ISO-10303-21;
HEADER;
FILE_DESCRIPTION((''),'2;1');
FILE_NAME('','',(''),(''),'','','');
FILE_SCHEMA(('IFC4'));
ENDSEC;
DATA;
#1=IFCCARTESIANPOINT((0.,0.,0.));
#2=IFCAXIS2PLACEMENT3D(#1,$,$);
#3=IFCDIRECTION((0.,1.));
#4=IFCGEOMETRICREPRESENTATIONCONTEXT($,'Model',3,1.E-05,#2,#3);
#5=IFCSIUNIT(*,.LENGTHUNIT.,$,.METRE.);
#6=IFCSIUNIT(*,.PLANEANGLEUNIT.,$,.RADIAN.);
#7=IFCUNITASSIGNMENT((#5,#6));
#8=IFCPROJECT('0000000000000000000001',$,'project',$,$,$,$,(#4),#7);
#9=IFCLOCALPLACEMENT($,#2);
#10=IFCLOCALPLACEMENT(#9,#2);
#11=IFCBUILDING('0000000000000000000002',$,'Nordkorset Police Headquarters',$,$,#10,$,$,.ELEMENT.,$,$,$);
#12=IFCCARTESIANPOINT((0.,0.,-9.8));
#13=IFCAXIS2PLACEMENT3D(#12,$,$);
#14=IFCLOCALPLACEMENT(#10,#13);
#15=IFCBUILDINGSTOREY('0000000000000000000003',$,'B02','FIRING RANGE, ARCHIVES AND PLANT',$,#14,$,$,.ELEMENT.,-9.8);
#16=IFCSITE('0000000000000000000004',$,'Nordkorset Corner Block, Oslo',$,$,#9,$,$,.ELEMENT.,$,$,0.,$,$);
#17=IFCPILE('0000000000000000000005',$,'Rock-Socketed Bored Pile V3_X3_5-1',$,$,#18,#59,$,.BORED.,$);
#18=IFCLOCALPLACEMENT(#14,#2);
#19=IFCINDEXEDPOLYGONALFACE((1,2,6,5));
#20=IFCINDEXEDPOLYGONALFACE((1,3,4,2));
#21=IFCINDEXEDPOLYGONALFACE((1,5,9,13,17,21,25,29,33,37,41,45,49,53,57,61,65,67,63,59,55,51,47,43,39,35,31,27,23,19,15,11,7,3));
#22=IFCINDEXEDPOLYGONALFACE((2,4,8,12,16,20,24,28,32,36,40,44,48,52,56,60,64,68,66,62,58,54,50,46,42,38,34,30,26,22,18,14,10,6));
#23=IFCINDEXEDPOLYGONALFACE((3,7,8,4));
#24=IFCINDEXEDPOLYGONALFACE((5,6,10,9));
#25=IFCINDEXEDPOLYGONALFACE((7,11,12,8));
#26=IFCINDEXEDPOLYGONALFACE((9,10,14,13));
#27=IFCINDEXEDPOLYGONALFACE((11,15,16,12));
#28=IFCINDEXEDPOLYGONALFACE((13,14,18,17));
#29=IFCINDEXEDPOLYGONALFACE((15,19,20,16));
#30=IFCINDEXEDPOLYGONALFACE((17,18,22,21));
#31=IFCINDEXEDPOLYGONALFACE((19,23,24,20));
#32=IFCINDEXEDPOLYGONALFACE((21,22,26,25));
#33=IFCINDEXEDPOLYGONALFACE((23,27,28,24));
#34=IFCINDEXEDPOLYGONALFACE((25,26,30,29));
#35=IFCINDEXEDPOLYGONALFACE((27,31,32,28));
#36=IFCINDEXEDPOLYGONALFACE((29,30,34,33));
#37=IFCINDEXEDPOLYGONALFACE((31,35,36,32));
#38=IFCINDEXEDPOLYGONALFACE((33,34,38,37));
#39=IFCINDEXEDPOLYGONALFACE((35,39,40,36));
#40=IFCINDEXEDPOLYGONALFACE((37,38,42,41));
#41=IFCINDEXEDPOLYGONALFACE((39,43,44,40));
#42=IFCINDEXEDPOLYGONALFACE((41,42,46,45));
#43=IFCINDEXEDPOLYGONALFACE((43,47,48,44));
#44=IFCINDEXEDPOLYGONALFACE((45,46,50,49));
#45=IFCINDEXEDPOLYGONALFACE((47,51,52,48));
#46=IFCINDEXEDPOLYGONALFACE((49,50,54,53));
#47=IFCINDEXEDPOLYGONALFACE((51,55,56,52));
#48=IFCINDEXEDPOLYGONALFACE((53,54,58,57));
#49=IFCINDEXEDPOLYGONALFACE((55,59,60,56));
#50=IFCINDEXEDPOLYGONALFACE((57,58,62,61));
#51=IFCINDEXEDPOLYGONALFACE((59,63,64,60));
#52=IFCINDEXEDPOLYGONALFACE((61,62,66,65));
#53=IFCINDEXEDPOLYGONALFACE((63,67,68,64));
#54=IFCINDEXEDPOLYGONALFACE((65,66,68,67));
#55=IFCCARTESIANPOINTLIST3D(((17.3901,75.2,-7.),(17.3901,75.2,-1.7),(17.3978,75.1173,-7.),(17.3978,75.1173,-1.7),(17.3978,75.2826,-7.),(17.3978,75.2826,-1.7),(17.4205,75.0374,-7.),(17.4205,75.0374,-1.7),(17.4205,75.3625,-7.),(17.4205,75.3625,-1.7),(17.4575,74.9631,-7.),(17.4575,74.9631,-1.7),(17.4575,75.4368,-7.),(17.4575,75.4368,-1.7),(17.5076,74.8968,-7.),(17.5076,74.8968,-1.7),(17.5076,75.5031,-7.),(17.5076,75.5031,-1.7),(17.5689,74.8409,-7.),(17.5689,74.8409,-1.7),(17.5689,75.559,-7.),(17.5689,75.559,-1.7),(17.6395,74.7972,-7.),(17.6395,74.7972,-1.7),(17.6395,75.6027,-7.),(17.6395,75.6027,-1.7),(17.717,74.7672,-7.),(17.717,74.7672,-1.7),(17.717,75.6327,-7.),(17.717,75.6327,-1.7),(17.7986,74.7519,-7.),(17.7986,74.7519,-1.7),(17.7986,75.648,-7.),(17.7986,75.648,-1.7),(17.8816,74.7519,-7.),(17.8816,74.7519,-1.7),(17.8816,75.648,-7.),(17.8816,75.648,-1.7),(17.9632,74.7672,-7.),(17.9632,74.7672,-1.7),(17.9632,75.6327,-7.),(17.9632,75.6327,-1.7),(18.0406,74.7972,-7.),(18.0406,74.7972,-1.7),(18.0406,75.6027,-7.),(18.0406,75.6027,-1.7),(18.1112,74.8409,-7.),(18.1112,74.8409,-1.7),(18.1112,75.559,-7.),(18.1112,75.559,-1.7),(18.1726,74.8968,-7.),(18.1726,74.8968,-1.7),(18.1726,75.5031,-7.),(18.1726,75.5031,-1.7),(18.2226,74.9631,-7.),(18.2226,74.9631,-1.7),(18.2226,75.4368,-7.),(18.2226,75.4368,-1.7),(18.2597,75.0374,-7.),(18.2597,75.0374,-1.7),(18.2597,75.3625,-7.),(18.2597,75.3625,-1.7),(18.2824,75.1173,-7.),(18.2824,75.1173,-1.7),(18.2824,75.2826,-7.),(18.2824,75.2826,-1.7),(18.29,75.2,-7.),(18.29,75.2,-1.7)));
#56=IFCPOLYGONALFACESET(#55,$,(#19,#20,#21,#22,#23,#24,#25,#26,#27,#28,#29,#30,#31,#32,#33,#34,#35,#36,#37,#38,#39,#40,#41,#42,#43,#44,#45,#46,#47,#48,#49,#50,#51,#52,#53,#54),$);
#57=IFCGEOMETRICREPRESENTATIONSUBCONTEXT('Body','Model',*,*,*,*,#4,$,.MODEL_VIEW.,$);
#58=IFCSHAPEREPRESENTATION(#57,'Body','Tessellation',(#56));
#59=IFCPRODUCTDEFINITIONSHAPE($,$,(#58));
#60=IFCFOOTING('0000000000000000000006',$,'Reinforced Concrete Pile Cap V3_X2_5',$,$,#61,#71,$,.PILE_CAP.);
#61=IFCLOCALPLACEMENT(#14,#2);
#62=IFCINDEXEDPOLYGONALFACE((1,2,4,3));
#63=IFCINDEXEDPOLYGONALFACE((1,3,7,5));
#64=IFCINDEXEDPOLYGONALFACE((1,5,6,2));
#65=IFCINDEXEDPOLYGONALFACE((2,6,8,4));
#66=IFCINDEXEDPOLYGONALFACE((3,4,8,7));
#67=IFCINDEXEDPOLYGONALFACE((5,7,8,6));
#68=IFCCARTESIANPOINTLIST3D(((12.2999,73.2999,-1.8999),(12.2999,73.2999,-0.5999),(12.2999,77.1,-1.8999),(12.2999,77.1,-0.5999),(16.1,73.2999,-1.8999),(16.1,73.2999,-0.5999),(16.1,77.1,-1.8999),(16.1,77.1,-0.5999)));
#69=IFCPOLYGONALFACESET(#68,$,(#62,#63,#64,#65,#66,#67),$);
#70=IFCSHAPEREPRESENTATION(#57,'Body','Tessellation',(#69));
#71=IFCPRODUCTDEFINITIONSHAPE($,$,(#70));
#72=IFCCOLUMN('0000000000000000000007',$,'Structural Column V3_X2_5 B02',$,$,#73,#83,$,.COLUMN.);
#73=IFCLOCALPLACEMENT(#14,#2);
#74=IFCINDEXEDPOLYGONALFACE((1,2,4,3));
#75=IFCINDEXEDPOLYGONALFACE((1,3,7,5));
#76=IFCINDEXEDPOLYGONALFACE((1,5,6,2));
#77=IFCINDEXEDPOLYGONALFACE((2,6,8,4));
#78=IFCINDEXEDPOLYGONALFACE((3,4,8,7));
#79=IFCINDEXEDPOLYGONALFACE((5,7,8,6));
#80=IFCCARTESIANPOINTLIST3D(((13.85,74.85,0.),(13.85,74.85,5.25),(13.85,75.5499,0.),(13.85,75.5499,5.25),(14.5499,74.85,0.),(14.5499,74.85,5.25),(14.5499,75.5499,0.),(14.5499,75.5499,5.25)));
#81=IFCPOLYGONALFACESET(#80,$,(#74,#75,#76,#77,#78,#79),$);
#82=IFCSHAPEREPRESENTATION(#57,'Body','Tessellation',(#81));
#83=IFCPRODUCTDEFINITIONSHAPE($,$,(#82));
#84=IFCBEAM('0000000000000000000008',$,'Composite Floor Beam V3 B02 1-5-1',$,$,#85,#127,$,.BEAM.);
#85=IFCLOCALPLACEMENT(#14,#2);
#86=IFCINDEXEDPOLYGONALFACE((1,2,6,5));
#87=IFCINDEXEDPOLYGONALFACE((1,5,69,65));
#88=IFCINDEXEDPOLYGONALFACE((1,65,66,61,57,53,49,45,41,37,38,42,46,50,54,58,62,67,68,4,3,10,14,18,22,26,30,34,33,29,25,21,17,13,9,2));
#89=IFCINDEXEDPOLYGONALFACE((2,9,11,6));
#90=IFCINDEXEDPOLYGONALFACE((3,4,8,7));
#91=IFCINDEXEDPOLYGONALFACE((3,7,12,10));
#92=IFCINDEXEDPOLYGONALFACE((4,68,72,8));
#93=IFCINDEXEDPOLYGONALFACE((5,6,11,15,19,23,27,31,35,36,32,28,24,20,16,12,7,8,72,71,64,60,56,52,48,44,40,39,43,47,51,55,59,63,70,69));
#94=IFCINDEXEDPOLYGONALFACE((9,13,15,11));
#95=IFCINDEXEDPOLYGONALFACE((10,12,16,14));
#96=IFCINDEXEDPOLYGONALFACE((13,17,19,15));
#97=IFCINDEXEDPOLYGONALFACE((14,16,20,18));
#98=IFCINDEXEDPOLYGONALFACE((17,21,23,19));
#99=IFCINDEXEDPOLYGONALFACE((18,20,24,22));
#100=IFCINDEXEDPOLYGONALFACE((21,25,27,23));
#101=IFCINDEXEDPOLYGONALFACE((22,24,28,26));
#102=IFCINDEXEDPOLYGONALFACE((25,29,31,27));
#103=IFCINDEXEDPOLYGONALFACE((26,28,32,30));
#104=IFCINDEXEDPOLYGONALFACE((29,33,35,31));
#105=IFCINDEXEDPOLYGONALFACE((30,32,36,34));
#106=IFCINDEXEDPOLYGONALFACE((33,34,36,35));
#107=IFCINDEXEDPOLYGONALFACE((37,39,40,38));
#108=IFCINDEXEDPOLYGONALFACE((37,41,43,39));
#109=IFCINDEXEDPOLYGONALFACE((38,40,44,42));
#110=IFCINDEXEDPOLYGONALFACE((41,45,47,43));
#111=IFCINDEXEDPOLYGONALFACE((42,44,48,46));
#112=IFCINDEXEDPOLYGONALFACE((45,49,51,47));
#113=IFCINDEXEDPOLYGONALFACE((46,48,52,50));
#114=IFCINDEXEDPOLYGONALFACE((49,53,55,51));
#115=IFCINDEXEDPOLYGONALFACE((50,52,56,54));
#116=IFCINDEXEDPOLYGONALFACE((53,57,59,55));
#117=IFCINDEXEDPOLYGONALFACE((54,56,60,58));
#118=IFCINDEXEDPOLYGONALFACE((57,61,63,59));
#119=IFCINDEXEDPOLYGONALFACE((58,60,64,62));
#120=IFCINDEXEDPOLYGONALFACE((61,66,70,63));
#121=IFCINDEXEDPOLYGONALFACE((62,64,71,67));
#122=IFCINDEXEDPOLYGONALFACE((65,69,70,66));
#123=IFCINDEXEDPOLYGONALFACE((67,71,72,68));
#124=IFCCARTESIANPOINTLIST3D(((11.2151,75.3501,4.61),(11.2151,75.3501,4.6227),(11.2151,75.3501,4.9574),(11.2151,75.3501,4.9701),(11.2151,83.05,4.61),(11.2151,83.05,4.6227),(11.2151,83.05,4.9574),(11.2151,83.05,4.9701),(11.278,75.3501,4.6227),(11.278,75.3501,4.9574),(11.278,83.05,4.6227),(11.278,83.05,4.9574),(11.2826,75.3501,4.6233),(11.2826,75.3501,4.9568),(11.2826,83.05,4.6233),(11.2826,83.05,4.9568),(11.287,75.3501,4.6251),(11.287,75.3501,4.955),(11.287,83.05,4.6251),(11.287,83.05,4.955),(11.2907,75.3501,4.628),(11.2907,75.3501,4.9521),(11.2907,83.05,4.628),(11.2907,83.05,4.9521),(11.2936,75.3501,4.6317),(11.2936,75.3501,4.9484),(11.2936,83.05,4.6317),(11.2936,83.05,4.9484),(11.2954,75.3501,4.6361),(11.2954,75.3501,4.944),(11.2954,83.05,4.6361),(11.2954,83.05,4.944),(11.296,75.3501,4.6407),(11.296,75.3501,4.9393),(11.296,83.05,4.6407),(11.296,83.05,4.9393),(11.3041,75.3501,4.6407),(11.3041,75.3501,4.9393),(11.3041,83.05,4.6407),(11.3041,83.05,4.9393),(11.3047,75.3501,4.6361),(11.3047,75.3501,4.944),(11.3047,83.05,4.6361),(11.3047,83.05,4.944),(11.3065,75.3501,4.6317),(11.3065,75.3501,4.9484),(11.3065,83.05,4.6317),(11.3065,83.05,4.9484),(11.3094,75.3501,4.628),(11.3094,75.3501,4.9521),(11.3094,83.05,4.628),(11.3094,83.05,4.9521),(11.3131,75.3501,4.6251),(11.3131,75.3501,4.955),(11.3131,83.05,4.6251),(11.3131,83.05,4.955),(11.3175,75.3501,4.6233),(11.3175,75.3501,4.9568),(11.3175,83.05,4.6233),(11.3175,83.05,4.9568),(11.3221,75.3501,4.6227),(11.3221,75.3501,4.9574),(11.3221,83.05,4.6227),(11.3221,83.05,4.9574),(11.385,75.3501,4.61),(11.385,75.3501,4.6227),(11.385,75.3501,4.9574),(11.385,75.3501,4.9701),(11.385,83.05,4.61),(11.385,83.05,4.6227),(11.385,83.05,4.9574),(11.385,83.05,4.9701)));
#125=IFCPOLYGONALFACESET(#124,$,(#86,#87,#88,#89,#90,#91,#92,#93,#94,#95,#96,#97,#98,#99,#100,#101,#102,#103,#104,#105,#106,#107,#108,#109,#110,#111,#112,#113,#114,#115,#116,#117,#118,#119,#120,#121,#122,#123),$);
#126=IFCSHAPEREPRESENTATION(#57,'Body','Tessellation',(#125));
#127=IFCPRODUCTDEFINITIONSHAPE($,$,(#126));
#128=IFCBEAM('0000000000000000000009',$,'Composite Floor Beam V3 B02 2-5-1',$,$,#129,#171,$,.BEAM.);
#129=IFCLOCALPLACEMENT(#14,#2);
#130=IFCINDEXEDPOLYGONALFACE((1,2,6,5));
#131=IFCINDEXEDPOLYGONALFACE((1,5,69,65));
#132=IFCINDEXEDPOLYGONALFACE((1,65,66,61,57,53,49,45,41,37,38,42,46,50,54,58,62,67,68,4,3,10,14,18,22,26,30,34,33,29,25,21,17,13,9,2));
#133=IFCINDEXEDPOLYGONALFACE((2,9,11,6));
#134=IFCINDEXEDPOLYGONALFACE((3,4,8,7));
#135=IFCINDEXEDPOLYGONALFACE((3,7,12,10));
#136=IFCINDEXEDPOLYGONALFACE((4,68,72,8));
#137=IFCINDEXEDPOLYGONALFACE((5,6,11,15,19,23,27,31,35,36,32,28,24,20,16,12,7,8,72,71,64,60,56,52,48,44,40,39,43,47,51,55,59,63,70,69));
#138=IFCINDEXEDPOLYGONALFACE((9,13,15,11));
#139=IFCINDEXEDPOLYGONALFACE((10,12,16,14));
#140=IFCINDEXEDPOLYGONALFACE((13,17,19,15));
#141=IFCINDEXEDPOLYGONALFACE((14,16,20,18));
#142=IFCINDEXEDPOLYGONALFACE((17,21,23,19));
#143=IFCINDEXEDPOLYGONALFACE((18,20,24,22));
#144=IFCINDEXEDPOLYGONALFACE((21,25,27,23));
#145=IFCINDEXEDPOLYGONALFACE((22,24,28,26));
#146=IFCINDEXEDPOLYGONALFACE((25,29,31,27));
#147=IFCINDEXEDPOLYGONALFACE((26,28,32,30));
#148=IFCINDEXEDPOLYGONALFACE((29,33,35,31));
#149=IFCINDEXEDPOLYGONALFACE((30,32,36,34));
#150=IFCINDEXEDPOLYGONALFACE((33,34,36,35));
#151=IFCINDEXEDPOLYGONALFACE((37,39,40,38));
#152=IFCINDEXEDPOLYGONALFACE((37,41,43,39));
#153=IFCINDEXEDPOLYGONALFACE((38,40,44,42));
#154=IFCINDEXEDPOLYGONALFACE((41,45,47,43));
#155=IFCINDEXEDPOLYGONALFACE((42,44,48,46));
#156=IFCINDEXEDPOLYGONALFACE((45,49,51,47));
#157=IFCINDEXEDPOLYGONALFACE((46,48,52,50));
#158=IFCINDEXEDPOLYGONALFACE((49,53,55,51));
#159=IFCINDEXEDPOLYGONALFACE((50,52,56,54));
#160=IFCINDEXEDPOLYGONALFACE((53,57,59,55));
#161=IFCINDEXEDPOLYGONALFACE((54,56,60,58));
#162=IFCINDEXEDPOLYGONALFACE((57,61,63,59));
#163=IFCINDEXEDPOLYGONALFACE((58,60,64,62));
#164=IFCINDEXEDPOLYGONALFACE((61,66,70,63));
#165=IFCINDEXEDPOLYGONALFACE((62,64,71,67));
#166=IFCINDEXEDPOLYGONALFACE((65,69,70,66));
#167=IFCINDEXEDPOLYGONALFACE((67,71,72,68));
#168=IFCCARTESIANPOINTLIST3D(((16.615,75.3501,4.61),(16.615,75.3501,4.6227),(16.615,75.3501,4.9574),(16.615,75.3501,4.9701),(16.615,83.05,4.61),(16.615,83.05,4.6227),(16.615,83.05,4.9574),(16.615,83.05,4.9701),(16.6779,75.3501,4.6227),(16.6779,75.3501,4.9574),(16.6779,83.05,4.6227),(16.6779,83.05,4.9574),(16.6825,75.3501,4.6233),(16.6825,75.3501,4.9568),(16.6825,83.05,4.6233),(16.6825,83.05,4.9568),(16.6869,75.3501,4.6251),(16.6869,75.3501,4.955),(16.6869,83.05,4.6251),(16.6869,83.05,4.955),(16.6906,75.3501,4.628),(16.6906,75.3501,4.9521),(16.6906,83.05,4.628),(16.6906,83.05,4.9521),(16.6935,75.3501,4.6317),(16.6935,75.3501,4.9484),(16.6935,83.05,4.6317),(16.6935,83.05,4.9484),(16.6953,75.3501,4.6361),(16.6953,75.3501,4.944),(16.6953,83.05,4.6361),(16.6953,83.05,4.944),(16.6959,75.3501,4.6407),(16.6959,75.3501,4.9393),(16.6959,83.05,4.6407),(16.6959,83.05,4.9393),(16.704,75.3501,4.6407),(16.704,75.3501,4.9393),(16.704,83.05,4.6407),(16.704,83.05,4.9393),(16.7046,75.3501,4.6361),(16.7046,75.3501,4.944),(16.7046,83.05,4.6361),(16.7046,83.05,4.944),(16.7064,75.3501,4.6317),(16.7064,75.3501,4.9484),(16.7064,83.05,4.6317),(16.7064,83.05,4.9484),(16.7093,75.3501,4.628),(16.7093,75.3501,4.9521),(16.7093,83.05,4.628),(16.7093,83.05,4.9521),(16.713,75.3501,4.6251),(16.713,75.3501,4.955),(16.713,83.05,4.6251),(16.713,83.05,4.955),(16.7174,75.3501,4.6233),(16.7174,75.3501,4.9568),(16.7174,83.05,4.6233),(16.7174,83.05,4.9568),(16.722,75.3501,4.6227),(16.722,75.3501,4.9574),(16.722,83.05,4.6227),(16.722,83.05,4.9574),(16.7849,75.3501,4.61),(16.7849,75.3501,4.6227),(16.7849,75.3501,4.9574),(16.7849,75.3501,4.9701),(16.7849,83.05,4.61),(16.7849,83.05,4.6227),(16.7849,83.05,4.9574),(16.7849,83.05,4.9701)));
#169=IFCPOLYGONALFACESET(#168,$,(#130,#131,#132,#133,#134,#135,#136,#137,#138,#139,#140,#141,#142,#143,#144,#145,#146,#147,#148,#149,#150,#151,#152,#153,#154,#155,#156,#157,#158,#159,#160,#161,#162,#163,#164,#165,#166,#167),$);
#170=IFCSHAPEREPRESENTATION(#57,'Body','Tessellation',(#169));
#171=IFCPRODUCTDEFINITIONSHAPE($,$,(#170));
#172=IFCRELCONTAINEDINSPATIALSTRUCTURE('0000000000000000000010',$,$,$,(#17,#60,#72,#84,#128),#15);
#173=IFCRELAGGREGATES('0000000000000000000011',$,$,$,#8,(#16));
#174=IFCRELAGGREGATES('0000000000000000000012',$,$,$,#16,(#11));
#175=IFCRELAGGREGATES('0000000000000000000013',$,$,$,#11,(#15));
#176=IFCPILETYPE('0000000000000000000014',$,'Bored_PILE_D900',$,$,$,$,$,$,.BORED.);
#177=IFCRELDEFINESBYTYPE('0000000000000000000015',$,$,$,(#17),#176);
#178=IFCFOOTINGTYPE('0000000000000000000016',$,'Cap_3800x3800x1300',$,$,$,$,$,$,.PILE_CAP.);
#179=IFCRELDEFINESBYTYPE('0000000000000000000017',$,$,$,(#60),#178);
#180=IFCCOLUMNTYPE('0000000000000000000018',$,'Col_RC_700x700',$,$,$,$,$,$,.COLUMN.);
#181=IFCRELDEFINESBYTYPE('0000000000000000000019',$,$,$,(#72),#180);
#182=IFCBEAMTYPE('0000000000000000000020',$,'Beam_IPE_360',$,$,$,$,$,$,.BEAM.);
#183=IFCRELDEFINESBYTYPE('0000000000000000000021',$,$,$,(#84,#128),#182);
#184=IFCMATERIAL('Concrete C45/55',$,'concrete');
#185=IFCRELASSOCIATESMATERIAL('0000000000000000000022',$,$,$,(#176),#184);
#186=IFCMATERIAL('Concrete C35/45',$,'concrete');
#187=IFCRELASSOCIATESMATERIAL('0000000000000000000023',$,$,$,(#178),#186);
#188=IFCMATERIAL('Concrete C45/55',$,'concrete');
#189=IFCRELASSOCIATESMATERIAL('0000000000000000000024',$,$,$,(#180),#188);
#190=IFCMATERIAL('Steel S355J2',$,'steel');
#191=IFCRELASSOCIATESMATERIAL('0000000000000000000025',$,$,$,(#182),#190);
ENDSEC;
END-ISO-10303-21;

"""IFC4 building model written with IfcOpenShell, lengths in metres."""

from ifc_helpers import new_model, si_unit, direction, frame, origin, origin_2d, place, context, subcontext, project, spatial, rectangle, circle, i_section, extrude, material, material_profile, profile_set, type_object, element, save


model = new_model("IFC4")

# Units and contexts
model_context = context("Model", 3, precision=1e-05, world=origin(), true_north=direction((0.0, 1.0)))
body_context = subcontext(model_context, "Body", "Model", "MODEL_VIEW")
ifc_project = project(units=[si_unit("LENGTHUNIT", "METRE"), si_unit("PLANEANGLEUNIT", "RADIAN")], contexts=[model_context])

# Site, building, storey
site_placement = place(None, origin())
site = spatial("IfcSite", under=ifc_project, at=site_placement, Name="Nordkorset Corner Block, Oslo", CompositionType="ELEMENT", RefElevation=0.0)
building_placement = place(site_placement, origin())
building = spatial("IfcBuilding", under=site, at=building_placement, Name="Nordkorset Police Headquarters", CompositionType="ELEMENT")
storey_placement = place(building_placement, frame((0.0, 0.0, -9.8)))
storey = spatial("IfcBuildingStorey", under=building, at=storey_placement, Name="B02", Description="FIRING RANGE, ARCHIVES AND PLANT", CompositionType="ELEMENT", Elevation=-9.8)

# Pile
ifc_material_1 = material(Name="Concrete C45/55", Category="concrete")
ifc_material_profile_1 = material_profile(ifc_material_1, circle(Radius=0.45, at=origin_2d()), Name="PILE D900")
ifc_profile_set_1 = profile_set([ifc_material_profile_1], Name="Concrete C45/55")
pile_type_1 = type_object("IfcPileType", Name="Bored_PILE_D900", PredefinedType="BORED", material=ifc_profile_set_1)
pile_placement = place(storey_placement, frame((17.8401, 75.2, -1.7), z_axis=(0.0, 0.0, -1.0), x_axis=(1.0, 0.0, 0.0)))
element("IfcPile", 1, at=pile_placement, inside=storey, type_object=pile_type_1, Name="Rock-Socketed Bored Pile V3_X3_5-1", PredefinedType="BORED", context=body_context, shape_type="SweptSolid", body=[
    extrude(circle(Radius=0.45, at=origin_2d()), origin(), (0.0, 0.0, 1.0), 5.3),
])

# Footing
ifc_material_2 = material(Name="Concrete C35/45", Category="concrete")
footing_type = type_object("IfcFootingType", Name="Cap_3800x3800x1300", PredefinedType="PILE_CAP", material=ifc_material_2)
footing_placement = place(storey_placement, frame((14.2, 75.2, -1.8999), z_axis=(0.0, 0.0, 1.0), x_axis=(1.0, 0.0, 0.0)))
element("IfcFooting", 2, at=footing_placement, inside=storey, type_object=footing_type, Name="Reinforced Concrete Pile Cap V3_X2_5", PredefinedType="PILE_CAP", context=body_context, shape_type="SweptSolid", body=[
    extrude(rectangle(XDim=3.8, YDim=3.8, at=origin_2d()), origin(), (0.0, 0.0, 1.0), 1.3),
])

# Column
ifc_material_3 = material(Name="Concrete C45/55", Category="concrete")
ifc_material_profile_2 = material_profile(ifc_material_3, rectangle(XDim=0.7, YDim=0.7, at=origin_2d()), Name="RC 700x700")
ifc_profile_set_2 = profile_set([ifc_material_profile_2], Name="Concrete C45/55")
column_type = type_object("IfcColumnType", Name="Col_RC_700x700", PredefinedType="COLUMN", material=ifc_profile_set_2)
column_placement = place(storey_placement, frame((14.2, 75.2, 0.0), z_axis=(0.0, 0.0, 1.0), x_axis=(1.0, 0.0, 0.0)))
element("IfcColumn", 3, at=column_placement, inside=storey, type_object=column_type, Name="Structural Column V3_X2_5 B02", PredefinedType="COLUMN", context=body_context, shape_type="SweptSolid", body=[
    extrude(rectangle(XDim=0.7, YDim=0.7, at=origin_2d()), origin(), (0.0, 0.0, 1.0), 5.25),
])

# Beams
ifc_material_4 = material(Name="Steel S355J2", Category="steel")
ifc_material_profile_3 = material_profile(ifc_material_4, i_section(OverallWidth=0.1699, OverallDepth=0.3601, WebThickness=0.0081, FlangeThickness=0.0127, FilletRadius=0.0181, at=origin_2d()), Name="IPE 360")
ifc_profile_set_3 = profile_set([ifc_material_profile_3], Name="Steel S355J2")
beam_type_1 = type_object("IfcBeamType", Name="Beam_IPE_360", PredefinedType="BEAM", material=ifc_profile_set_3)
for number, where, z_axis, x_axis, name in (
    (4, (11.3, 75.3501, 4.79), (0.0, 1.0, 0.0), (-1.0, 0.0, 0.0), "Composite Floor Beam V3 B02 1-5-1"),
    (5, (16.7, 75.3501, 4.79), (0.0, 1.0, 0.0), (-1.0, 0.0, 0.0), "Composite Floor Beam V3 B02 2-5-1"),
):
    element("IfcBeam", number, at=place(storey_placement, frame(where, z_axis=z_axis, x_axis=x_axis)), inside=storey, type_object=beam_type_1, Name=name, PredefinedType="BEAM", context=body_context, shape_type="SweptSolid", body=[
        extrude(i_section(OverallWidth=0.1699, OverallDepth=0.3601, WebThickness=0.0081, FlangeThickness=0.0127, FilletRadius=0.0181, at=origin_2d()), origin(), (0.0, 0.0, 1.0), 7.7),
    ])

save(model, "model.ifc")
